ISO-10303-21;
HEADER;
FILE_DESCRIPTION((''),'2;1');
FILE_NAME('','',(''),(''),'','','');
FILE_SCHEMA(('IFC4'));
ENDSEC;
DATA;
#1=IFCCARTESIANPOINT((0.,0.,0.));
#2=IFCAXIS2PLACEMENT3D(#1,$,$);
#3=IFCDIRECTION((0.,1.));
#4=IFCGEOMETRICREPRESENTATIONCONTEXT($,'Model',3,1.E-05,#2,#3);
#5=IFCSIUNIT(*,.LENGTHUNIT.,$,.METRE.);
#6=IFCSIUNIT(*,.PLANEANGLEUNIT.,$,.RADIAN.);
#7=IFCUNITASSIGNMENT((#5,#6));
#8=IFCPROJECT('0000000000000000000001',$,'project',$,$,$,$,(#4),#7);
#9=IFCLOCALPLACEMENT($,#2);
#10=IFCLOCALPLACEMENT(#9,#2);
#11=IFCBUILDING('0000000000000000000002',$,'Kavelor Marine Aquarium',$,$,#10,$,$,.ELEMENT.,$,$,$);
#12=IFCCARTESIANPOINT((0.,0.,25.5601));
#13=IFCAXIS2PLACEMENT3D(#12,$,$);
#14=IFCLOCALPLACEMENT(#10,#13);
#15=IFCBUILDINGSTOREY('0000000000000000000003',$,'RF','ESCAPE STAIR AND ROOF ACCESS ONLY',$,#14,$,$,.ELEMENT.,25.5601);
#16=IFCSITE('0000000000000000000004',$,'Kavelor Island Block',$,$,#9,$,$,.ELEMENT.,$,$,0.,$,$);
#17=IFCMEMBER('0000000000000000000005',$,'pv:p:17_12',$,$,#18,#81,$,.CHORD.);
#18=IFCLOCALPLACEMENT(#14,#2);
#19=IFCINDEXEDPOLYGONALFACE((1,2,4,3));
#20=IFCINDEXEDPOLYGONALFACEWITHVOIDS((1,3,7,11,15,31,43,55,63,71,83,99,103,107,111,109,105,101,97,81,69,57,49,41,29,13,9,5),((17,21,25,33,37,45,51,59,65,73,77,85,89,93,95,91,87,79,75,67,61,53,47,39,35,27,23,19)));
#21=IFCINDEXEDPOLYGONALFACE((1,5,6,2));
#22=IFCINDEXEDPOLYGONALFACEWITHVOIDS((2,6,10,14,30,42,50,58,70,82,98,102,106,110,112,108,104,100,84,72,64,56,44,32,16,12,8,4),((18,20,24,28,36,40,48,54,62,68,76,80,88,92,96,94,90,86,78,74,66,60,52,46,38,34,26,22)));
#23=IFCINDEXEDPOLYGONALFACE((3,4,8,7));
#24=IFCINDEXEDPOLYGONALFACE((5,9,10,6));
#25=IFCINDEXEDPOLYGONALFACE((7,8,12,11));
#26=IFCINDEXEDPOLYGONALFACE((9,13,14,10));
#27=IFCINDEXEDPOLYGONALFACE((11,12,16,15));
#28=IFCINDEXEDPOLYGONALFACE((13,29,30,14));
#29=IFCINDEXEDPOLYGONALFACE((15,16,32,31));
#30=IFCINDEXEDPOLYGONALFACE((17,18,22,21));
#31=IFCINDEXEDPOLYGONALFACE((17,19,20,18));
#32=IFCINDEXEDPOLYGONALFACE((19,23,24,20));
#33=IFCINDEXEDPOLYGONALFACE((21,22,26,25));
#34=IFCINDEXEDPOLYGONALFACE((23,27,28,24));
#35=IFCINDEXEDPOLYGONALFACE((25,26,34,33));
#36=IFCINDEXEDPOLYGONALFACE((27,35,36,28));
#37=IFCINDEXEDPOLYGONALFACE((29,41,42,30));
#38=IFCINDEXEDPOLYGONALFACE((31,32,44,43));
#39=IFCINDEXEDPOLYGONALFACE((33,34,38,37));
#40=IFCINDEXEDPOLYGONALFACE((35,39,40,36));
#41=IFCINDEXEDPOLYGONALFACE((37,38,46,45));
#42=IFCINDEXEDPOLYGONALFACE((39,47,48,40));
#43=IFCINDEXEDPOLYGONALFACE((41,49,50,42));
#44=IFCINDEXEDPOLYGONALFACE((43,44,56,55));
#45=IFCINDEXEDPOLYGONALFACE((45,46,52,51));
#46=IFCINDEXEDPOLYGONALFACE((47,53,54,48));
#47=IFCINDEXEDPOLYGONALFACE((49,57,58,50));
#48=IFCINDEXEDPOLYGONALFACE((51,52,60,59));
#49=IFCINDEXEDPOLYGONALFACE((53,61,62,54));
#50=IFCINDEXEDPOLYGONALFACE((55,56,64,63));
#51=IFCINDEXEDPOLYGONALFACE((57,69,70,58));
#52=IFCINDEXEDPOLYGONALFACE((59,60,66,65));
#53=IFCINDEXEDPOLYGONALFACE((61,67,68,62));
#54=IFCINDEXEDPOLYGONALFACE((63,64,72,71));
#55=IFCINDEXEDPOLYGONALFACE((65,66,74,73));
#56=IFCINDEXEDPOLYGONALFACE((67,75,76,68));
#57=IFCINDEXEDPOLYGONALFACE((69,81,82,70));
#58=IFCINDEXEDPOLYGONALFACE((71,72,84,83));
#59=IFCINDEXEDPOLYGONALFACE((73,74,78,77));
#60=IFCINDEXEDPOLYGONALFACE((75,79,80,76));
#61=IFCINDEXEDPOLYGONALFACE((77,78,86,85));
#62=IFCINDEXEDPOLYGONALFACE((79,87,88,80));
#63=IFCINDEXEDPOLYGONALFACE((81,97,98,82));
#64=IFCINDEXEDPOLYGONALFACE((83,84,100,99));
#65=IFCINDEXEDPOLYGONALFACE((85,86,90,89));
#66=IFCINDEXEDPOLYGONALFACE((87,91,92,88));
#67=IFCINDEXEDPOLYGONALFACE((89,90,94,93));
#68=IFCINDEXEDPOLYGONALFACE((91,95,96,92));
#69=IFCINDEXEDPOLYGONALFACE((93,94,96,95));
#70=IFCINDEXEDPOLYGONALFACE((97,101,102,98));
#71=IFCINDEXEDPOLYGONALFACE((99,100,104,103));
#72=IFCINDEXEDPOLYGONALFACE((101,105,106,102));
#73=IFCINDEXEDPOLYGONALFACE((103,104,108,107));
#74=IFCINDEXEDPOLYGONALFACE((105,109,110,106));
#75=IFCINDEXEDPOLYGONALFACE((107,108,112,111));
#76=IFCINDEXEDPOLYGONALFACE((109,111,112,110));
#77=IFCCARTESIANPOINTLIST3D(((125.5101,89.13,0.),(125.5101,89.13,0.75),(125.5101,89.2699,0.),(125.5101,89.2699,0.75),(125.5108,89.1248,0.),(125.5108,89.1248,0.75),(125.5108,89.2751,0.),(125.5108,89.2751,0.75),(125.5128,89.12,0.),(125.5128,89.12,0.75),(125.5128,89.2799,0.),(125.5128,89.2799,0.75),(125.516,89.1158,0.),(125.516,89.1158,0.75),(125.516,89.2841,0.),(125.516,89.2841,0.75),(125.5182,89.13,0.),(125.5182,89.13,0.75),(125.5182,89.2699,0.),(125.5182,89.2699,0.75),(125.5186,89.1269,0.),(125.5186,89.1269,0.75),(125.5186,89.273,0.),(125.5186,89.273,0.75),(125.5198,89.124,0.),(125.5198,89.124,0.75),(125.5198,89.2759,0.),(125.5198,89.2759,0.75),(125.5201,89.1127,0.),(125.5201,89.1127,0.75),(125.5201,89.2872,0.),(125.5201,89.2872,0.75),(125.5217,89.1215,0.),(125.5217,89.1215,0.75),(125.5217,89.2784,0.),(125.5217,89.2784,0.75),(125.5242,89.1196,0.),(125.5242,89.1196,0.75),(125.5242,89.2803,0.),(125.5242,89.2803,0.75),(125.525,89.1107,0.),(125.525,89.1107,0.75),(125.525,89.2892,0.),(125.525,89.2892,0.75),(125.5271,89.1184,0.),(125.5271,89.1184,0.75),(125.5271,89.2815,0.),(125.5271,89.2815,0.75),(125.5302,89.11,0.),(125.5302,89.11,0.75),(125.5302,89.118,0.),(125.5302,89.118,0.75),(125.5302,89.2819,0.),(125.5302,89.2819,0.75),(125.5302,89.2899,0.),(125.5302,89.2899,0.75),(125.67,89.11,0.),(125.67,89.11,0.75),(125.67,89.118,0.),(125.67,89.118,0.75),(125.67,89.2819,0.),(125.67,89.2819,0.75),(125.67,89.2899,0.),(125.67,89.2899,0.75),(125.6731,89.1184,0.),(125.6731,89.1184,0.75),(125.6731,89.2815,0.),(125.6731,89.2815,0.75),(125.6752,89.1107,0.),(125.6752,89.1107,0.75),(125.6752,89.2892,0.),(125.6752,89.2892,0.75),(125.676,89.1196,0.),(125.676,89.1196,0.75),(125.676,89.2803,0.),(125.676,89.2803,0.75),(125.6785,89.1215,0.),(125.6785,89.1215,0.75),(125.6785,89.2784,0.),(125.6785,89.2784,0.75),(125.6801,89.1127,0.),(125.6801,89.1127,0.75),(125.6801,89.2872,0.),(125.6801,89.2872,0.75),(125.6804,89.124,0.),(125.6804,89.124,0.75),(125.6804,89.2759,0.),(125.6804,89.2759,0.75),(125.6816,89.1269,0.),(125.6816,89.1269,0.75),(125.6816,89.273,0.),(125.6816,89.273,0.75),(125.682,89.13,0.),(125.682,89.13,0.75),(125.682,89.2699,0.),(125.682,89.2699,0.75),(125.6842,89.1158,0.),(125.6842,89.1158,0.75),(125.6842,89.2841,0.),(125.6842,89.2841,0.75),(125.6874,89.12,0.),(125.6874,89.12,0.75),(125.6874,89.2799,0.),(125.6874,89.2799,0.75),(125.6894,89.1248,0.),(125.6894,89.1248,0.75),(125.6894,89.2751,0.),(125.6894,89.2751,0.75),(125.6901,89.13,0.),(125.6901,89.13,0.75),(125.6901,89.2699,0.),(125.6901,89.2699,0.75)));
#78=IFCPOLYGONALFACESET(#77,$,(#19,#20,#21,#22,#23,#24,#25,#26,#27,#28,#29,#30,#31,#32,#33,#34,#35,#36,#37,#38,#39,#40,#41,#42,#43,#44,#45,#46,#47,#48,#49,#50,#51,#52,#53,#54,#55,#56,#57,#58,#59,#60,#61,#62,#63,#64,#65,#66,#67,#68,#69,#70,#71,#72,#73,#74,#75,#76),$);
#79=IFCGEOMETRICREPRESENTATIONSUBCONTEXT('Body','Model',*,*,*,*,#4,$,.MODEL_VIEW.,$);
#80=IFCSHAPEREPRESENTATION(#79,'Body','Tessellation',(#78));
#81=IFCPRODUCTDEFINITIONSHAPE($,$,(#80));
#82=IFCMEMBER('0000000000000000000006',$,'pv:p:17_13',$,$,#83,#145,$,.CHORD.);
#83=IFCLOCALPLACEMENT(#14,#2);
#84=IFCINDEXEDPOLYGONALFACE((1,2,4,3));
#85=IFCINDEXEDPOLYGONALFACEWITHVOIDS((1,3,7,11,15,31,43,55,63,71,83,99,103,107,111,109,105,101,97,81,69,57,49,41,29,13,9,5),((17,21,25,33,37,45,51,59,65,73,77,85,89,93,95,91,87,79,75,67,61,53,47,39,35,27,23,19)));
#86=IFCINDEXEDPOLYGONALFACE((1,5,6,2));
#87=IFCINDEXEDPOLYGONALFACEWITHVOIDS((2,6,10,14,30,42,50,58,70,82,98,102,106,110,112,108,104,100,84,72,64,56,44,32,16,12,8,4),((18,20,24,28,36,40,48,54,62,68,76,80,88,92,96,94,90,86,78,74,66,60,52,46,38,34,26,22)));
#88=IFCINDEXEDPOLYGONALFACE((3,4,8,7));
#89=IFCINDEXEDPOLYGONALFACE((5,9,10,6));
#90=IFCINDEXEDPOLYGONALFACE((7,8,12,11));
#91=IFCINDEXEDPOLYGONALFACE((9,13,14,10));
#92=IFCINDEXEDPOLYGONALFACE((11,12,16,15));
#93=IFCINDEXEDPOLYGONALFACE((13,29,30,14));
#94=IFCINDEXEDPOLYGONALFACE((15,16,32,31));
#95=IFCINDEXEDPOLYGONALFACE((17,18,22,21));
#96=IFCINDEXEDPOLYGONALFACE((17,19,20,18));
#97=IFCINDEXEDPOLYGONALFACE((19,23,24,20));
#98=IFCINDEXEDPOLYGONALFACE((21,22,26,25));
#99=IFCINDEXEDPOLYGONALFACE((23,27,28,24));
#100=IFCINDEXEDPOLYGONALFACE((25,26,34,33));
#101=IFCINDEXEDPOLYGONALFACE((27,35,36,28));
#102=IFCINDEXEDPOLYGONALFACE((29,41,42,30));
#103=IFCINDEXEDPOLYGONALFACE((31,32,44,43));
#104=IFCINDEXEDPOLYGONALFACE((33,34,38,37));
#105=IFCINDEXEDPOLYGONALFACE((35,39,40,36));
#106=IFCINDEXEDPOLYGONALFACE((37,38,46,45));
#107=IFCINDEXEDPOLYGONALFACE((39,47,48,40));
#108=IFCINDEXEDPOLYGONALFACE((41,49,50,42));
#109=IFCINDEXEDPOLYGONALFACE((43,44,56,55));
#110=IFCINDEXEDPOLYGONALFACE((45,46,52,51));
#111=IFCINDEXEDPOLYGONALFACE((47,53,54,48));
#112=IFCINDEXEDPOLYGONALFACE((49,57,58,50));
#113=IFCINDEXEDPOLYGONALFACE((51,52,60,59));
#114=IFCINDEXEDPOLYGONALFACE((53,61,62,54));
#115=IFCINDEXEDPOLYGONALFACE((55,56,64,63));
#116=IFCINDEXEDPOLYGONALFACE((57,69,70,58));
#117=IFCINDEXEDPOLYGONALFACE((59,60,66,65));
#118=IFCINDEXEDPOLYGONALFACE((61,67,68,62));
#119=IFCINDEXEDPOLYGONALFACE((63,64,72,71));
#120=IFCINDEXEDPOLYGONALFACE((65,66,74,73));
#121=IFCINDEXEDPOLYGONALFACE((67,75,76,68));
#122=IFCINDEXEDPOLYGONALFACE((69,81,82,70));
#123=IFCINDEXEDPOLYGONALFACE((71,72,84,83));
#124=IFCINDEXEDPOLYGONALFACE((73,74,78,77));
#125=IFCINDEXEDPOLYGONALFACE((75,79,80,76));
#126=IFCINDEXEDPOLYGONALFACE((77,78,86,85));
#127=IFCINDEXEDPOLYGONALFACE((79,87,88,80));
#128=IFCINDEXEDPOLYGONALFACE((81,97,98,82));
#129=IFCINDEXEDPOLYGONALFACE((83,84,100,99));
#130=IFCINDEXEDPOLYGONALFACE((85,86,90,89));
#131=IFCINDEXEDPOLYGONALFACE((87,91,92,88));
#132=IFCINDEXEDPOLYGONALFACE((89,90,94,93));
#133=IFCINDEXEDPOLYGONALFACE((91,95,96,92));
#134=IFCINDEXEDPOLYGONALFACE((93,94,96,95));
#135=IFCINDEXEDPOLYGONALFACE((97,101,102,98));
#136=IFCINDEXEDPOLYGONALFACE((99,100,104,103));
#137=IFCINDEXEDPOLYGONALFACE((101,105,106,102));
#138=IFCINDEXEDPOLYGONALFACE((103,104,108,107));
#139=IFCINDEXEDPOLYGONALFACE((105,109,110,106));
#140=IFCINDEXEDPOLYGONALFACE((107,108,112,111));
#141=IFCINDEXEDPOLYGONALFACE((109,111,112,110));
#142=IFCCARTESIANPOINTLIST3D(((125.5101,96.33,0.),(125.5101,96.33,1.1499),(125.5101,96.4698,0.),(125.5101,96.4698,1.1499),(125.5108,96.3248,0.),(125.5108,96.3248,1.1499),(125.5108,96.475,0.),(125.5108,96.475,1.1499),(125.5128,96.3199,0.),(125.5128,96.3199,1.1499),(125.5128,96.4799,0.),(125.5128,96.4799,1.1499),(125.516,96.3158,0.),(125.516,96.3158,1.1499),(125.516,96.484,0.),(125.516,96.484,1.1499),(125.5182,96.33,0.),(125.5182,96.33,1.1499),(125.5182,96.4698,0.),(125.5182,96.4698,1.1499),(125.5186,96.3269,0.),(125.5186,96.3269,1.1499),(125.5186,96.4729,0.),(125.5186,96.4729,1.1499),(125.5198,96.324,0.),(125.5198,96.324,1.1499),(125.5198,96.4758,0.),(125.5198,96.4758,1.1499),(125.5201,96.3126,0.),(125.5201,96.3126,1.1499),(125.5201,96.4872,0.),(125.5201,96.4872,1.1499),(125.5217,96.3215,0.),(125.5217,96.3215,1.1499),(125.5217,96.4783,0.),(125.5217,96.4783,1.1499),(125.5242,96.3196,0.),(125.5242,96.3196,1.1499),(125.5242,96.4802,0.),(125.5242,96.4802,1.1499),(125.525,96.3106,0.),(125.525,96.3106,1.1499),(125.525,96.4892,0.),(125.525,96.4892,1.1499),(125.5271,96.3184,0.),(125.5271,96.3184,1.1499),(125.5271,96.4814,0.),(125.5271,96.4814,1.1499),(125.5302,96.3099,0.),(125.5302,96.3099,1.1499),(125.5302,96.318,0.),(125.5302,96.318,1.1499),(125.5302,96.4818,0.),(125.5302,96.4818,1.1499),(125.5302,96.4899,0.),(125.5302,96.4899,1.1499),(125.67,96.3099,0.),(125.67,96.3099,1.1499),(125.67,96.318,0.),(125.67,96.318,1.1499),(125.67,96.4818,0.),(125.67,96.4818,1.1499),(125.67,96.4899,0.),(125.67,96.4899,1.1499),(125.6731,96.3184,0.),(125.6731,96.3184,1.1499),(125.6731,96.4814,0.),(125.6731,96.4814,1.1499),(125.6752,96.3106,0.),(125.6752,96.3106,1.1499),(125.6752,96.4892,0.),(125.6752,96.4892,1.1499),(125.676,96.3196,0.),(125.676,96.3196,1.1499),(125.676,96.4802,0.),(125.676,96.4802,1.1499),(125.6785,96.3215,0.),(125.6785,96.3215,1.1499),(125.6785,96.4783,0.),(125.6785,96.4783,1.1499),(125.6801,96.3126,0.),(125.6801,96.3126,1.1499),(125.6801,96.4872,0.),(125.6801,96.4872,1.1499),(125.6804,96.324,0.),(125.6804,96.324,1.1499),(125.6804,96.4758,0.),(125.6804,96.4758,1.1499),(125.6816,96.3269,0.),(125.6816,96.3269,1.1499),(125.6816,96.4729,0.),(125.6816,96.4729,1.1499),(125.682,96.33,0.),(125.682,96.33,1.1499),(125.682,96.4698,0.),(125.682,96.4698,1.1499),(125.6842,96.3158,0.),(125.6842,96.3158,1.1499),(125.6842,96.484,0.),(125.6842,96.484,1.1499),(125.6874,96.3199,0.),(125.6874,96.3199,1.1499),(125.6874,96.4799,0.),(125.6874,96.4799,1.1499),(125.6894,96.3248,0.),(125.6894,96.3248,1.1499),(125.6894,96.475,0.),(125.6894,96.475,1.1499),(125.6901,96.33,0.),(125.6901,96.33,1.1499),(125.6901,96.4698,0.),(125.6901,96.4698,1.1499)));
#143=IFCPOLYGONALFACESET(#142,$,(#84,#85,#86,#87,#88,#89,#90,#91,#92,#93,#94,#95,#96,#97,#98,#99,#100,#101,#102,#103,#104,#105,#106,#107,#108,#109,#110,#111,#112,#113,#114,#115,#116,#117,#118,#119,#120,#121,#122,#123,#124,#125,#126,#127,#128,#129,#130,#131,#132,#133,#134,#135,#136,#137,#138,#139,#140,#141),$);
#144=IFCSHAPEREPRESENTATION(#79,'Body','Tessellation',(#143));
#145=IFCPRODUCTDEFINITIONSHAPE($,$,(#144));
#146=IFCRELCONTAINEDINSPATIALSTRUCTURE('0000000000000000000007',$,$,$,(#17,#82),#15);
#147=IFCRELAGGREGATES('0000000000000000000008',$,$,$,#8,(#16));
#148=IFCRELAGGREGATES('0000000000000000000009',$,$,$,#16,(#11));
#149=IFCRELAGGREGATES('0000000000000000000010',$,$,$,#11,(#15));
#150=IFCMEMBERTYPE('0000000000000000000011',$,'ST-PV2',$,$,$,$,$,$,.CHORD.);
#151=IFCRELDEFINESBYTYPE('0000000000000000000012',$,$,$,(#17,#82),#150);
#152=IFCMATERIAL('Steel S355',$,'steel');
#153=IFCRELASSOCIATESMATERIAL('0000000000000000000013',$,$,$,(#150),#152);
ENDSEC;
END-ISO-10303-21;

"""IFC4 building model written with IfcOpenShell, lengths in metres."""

from ifc_helpers import new_model, si_unit, direction, frame, origin, origin_2d, place, context, subcontext, project, spatial, hollow_rectangle, extrude, material, material_profile, profile_set, type_object, element, save


model = new_model("IFC4")

# Units and contexts
model_context = context("Model", 3, precision=1e-05, world=origin(), true_north=direction((0.0, 1.0)))
body_context = subcontext(model_context, "Body", "Model", "MODEL_VIEW")
ifc_project = project(units=[si_unit("LENGTHUNIT", "METRE"), si_unit("PLANEANGLEUNIT", "RADIAN")], contexts=[model_context])

# Site, building, storey
site_placement = place(None, origin())
site = spatial("IfcSite", under=ifc_project, at=site_placement, Name="Kavelor Island Block", CompositionType="ELEMENT", RefElevation=0.0)
building_placement = place(site_placement, origin())
building = spatial("IfcBuilding", under=site, at=building_placement, Name="Kavelor Marine Aquarium", CompositionType="ELEMENT")
storey_placement = place(building_placement, frame((0.0, 0.0, 25.5601)))
storey = spatial("IfcBuildingStorey", under=building, at=storey_placement, Name="RF", Description="ESCAPE STAIR AND ROOF ACCESS ONLY", CompositionType="ELEMENT", Elevation=25.5601)

# Members
ifc_material_1 = material(Name="Steel S355", Category="steel")
ifc_material_profile_1 = material_profile(ifc_material_1, hollow_rectangle(XDim=0.1799, YDim=0.1799, WallThickness=0.0081, InnerFilletRadius=0.012, OuterFilletRadius=0.02, at=origin_2d()), Name="SHS 180x180x8.0")
ifc_profile_set_1 = profile_set([ifc_material_profile_1], Name="Steel S355")
member_type_1 = type_object("IfcMemberType", Name="ST-PV2", PredefinedType="CHORD", material=ifc_profile_set_1)
member_1_placement = place(storey_placement, frame((125.6001, 89.2, 0.0), z_axis=(0.0, 0.0, 1.0), x_axis=(1.0, 0.0, 0.0)))
element("IfcMember", 1, at=member_1_placement, inside=storey, type_object=member_type_1, Name="pv:p:17_12", PredefinedType="CHORD", context=body_context, shape_type="SweptSolid", body=[
    extrude(hollow_rectangle(XDim=0.1799, YDim=0.1799, WallThickness=0.0081, InnerFilletRadius=0.012, OuterFilletRadius=0.02, at=origin_2d()), origin(), (0.0, 0.0, 1.0), 0.75),
])
member_2_placement = place(storey_placement, frame((125.6001, 96.3999, 0.0), z_axis=(0.0, 0.0, 1.0), x_axis=(1.0, 0.0, 0.0)))
element("IfcMember", 2, at=member_2_placement, inside=storey, type_object=member_type_1, Name="pv:p:17_13", PredefinedType="CHORD", context=body_context, shape_type="SweptSolid", body=[
    extrude(hollow_rectangle(XDim=0.1799, YDim=0.1799, WallThickness=0.0081, InnerFilletRadius=0.012, OuterFilletRadius=0.02, at=origin_2d()), origin(), (0.0, 0.0, 1.0), 1.1499),
])

save(model, "model.ifc")
